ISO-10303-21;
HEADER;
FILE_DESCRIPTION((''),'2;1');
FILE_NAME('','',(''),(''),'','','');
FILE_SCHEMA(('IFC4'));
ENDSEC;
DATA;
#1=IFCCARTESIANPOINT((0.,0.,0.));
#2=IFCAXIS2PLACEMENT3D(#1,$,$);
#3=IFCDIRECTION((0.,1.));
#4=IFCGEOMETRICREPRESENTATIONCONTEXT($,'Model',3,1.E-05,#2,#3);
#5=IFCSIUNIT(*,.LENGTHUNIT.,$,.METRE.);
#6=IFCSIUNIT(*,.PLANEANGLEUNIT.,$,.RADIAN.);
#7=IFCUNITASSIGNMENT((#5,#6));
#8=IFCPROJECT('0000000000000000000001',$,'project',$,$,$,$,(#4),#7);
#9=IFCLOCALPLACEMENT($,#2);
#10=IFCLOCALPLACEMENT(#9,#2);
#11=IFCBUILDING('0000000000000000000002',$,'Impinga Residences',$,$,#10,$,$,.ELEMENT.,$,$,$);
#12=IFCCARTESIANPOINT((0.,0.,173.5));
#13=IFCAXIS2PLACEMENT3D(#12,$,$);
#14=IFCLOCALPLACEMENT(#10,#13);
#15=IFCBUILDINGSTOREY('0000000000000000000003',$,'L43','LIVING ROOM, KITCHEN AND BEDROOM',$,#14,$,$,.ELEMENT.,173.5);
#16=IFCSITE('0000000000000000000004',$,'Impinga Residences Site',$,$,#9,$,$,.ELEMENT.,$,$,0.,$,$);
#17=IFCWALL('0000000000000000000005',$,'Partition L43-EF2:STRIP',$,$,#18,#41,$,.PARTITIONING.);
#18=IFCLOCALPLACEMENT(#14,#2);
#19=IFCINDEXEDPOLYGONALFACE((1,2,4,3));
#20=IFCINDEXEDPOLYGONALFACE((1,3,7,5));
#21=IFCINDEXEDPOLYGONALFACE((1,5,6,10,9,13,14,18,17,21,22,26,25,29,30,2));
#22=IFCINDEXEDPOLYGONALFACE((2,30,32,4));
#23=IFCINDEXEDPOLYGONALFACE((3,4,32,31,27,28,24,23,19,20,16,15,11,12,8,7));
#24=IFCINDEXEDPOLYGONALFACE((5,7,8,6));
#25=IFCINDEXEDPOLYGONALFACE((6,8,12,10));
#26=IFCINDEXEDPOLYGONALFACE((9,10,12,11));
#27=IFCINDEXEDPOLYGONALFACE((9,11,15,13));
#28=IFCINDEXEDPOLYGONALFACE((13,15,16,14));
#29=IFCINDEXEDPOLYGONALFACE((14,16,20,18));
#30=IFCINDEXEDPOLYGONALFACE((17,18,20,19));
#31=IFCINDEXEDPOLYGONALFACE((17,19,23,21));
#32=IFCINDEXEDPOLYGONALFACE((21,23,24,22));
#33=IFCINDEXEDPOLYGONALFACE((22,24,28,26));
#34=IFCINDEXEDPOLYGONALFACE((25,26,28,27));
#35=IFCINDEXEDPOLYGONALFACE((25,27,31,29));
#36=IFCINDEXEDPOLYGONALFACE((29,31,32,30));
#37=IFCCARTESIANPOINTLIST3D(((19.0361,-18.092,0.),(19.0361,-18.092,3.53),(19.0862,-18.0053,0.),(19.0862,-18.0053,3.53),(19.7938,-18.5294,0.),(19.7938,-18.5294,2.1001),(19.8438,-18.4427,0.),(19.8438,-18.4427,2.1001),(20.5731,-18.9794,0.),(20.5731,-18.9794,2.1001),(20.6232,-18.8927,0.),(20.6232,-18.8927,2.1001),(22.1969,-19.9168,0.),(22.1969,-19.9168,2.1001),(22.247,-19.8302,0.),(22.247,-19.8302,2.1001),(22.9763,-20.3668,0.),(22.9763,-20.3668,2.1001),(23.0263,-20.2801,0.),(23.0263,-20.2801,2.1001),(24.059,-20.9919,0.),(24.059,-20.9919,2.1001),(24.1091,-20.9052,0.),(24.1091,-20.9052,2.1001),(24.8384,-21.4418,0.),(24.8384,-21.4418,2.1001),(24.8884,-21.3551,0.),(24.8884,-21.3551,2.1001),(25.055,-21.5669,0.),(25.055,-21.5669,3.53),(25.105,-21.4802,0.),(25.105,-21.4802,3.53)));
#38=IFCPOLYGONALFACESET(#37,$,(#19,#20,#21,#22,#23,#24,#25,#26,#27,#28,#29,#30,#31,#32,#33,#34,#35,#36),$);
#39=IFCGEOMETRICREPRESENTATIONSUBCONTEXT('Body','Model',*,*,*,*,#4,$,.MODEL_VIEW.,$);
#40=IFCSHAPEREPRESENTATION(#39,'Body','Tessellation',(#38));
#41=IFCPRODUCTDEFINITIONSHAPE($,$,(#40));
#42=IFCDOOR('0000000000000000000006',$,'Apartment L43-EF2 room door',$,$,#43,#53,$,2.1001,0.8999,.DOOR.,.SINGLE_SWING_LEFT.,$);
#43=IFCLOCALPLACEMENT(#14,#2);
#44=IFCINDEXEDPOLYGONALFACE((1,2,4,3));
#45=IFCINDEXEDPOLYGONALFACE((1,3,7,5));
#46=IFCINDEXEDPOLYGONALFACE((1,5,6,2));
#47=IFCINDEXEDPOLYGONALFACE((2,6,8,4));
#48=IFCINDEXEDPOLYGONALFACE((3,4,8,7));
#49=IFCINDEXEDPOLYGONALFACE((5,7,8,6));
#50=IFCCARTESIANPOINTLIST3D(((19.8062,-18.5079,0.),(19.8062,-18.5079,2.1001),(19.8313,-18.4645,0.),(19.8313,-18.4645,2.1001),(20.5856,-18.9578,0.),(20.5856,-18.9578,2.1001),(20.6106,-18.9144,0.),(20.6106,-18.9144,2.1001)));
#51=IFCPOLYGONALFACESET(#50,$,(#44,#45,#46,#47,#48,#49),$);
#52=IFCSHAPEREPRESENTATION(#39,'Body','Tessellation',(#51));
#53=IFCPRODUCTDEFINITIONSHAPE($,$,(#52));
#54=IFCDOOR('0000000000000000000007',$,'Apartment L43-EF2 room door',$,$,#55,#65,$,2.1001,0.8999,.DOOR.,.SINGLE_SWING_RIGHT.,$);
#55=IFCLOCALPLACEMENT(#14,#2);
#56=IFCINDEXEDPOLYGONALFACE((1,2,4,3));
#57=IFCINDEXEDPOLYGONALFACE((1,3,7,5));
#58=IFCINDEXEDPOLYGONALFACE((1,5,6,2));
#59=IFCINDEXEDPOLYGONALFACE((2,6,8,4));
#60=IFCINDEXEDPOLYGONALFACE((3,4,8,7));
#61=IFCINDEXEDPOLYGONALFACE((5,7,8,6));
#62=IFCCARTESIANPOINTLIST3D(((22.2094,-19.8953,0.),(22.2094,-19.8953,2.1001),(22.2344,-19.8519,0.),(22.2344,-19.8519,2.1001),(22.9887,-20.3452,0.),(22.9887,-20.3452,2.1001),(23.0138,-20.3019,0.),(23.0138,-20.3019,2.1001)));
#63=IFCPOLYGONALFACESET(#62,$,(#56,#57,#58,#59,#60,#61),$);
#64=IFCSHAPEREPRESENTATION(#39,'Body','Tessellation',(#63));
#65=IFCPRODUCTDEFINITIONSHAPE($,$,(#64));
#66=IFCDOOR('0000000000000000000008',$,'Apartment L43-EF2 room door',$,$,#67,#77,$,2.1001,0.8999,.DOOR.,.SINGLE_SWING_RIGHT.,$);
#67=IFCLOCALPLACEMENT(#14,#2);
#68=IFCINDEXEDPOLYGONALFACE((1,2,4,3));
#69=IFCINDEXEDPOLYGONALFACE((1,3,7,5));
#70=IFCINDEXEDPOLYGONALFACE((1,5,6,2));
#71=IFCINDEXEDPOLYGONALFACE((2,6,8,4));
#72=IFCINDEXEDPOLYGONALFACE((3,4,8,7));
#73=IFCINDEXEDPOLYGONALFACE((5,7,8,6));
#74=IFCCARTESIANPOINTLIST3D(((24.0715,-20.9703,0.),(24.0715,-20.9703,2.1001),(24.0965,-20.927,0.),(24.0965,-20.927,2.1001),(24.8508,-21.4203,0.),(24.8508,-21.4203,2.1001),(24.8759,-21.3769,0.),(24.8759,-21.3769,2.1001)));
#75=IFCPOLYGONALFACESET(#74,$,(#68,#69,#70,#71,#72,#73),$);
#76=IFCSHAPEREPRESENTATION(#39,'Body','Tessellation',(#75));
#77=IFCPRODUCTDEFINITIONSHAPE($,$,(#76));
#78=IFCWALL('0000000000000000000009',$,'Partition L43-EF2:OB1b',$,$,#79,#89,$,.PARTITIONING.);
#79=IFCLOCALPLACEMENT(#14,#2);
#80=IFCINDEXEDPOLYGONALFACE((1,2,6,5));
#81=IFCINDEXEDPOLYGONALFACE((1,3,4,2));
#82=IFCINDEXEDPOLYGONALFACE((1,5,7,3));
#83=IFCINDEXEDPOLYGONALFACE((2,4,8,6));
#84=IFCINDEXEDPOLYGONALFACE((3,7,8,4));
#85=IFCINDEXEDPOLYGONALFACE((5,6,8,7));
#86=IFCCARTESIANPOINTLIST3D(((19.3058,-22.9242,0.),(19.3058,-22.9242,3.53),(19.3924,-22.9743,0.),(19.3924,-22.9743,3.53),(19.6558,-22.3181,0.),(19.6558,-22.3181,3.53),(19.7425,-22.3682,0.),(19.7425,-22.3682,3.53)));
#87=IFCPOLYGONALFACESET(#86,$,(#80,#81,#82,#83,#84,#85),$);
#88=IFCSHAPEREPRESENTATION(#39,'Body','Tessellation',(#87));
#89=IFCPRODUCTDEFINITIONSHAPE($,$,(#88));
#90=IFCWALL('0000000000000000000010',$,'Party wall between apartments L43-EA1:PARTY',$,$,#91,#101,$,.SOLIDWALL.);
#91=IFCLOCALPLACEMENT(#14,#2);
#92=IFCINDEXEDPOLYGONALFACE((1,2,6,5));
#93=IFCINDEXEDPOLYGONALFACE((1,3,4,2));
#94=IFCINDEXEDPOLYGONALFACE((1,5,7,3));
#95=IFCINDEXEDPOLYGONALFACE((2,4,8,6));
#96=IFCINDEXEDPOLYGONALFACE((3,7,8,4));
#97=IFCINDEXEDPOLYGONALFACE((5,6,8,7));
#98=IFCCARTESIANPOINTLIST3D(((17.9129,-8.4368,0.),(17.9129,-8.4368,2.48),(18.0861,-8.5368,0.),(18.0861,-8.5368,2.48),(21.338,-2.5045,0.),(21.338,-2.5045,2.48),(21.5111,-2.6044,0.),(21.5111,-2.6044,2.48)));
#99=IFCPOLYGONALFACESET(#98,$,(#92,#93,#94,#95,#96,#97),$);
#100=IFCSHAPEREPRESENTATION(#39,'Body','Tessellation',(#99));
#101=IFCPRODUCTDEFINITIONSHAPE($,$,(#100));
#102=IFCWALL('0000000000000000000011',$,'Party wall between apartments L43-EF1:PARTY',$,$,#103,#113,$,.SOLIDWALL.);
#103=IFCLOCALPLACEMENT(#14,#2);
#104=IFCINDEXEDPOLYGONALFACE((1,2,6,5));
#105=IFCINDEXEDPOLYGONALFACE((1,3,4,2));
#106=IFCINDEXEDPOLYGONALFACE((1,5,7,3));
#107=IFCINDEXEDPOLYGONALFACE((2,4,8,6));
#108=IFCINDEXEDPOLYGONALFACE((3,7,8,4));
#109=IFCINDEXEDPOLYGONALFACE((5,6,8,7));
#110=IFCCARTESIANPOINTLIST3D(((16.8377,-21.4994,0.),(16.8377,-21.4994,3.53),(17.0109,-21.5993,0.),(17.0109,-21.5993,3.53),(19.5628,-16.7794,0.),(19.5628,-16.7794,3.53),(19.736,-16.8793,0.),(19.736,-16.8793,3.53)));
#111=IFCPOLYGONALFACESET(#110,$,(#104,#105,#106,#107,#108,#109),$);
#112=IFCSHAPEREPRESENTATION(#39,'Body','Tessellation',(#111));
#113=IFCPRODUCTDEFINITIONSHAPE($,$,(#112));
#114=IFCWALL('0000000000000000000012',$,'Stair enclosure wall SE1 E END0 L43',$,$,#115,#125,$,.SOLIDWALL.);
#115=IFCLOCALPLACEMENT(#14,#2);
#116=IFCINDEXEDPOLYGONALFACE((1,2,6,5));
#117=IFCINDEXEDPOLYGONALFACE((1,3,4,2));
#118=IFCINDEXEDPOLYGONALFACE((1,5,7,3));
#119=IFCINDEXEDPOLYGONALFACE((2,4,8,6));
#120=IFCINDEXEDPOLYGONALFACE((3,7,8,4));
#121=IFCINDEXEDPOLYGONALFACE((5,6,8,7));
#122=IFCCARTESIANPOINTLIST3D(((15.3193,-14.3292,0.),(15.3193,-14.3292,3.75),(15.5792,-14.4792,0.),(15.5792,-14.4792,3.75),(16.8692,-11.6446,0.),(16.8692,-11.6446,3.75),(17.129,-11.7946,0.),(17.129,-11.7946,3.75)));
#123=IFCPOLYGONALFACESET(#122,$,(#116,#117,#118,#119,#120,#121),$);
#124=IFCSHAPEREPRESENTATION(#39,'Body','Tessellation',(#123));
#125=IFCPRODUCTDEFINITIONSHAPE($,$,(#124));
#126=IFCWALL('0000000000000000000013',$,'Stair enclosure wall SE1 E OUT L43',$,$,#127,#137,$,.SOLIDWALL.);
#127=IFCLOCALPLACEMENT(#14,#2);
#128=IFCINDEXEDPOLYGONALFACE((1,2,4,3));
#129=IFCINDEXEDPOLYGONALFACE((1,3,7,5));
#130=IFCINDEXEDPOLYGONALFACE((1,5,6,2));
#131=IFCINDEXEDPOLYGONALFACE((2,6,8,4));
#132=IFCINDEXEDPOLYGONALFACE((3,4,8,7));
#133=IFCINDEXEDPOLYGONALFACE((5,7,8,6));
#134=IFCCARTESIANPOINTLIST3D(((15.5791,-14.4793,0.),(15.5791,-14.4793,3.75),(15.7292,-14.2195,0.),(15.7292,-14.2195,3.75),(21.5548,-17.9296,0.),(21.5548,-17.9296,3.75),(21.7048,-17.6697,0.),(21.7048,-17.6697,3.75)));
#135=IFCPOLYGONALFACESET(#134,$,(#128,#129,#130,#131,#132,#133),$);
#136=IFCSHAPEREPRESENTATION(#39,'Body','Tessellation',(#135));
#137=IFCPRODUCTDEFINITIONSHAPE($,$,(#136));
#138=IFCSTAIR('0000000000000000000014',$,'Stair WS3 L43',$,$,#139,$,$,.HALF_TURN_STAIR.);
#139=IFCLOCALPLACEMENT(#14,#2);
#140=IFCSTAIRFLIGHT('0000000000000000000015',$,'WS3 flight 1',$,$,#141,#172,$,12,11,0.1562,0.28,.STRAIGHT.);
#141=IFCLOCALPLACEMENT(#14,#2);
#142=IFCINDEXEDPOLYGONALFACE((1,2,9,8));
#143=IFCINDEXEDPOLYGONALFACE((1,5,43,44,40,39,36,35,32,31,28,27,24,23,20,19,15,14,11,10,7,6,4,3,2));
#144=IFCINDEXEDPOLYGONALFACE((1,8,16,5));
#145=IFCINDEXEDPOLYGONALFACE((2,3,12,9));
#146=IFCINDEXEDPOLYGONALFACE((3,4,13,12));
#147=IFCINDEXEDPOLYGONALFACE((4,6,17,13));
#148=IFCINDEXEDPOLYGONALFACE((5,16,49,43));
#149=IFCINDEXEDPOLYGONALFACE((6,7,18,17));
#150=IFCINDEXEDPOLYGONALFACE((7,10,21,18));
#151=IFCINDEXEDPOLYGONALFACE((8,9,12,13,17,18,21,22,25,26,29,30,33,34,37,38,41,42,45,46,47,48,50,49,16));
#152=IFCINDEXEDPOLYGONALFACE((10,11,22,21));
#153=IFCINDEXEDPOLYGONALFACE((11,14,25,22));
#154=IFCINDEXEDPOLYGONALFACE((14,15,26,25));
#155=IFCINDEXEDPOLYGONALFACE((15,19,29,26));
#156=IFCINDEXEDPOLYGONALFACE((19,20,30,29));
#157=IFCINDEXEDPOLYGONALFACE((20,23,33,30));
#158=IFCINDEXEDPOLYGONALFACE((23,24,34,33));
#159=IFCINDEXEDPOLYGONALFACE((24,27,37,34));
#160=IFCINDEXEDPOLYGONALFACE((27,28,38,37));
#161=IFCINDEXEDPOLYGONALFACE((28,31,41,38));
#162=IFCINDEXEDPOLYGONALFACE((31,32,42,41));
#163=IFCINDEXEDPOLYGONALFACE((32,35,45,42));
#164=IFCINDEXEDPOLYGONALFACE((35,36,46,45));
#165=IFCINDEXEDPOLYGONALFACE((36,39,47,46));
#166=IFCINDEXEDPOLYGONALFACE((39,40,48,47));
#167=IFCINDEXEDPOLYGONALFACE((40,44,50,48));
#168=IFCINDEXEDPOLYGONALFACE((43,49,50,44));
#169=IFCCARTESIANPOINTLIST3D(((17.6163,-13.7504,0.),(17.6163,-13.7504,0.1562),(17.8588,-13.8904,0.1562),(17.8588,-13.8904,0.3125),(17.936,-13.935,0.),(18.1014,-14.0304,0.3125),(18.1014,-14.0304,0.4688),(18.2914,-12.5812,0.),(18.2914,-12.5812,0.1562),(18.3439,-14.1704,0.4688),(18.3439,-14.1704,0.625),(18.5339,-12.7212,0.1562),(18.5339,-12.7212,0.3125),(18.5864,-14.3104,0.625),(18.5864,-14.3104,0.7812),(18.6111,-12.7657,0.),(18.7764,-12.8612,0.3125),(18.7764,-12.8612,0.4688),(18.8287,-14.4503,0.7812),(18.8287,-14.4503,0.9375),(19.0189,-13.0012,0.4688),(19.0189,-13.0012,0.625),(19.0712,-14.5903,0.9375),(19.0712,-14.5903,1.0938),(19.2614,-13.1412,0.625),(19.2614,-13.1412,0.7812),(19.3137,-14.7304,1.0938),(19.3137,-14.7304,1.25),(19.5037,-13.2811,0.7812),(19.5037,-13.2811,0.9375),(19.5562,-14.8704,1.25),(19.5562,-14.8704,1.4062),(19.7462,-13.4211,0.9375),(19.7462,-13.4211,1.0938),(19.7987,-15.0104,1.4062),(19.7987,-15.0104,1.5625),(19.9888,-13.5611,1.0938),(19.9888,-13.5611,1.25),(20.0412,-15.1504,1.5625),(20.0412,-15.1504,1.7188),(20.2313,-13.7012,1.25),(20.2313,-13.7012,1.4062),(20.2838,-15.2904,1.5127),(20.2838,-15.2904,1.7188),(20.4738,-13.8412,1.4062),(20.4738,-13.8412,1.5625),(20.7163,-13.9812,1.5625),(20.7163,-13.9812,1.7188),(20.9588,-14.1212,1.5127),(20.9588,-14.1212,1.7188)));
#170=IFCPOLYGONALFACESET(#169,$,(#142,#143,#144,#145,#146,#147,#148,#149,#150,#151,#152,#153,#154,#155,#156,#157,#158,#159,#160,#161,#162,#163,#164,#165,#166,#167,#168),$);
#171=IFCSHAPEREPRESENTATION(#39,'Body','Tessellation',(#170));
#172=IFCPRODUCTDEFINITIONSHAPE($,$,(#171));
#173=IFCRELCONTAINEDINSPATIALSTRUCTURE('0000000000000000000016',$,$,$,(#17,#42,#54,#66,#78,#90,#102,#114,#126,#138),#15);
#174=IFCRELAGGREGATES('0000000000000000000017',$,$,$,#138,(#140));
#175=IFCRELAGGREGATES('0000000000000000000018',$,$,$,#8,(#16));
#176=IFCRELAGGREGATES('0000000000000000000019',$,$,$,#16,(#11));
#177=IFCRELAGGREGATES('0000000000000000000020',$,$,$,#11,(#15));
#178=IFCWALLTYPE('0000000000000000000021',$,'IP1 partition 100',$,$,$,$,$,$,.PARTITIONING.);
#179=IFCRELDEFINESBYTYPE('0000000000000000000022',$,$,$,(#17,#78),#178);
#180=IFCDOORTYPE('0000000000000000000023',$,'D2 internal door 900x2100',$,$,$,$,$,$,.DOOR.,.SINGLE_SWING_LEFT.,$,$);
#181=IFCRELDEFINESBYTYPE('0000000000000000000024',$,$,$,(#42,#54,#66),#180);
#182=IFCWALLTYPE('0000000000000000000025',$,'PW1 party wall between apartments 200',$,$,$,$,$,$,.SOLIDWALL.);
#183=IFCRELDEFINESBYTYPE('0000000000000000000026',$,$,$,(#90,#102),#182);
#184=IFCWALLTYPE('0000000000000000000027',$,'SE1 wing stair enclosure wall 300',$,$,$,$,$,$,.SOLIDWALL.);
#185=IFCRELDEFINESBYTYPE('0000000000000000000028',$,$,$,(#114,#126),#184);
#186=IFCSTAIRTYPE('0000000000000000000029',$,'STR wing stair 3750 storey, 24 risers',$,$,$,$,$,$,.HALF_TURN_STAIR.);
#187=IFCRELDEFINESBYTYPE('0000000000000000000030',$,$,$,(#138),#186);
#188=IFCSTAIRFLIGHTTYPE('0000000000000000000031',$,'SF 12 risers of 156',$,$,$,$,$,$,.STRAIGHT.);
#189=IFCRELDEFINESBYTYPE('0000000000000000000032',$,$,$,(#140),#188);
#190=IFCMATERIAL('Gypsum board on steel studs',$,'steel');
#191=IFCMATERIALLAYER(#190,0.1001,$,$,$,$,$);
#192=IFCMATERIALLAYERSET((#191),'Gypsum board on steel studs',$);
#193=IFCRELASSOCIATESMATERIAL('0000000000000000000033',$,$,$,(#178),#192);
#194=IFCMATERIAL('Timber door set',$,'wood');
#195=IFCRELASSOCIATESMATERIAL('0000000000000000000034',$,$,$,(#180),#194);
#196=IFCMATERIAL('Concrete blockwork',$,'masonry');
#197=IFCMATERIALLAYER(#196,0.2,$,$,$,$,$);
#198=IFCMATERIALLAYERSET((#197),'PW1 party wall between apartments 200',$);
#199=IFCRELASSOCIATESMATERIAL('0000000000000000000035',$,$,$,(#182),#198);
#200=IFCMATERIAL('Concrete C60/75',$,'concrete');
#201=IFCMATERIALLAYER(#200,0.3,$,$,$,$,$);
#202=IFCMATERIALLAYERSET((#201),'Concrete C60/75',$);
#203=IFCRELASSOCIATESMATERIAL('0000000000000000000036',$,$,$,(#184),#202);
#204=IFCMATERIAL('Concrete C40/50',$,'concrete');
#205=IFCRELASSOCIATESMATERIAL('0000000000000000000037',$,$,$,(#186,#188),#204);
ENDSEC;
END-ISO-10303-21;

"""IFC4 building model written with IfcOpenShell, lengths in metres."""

from ifc_helpers import new_model, si_unit, direction, frame, frame_2d, origin, place, context, subcontext, project, spatial, polyline, rectangle, outline, extrude, material, layer, layer_set, type_object, element, fill, aggregate, save


model = new_model("IFC4")

# Units and contexts
model_context = context("Model", 3, precision=1e-05, world=origin(), true_north=direction((0.0, 1.0)))
body_context = subcontext(model_context, "Body", "Model", "MODEL_VIEW")
ifc_project = project(units=[si_unit("LENGTHUNIT", "METRE"), si_unit("PLANEANGLEUNIT", "RADIAN")], contexts=[model_context])

# Site, building, storey
site_placement = place(None, origin())
site = spatial("IfcSite", under=ifc_project, at=site_placement, Name="Impinga Residences Site", CompositionType="ELEMENT", RefElevation=0.0)
building_placement = place(site_placement, origin())
building = spatial("IfcBuilding", under=site, at=building_placement, Name="Impinga Residences", CompositionType="ELEMENT")
storey_placement = place(building_placement, frame((0.0, 0.0, 173.5)))
storey = spatial("IfcBuildingStorey", under=building, at=storey_placement, Name="L43", Description="LIVING ROOM, KITCHEN AND BEDROOM", CompositionType="ELEMENT", Elevation=173.5)

# Shared definitions
ifc_material_1 = material(Name="Concrete C60/75", Category="concrete")

# Shared definitions
ifc_material_2 = material(Name="Gypsum board on steel studs", Category="steel")
ifc_layer_1 = layer(ifc_material_2, 0.1001)
ifc_layer_set_1 = layer_set([ifc_layer_1], Name="Gypsum board on steel studs")
wall_type_1 = type_object("IfcWallType", Name="IP1 partition 100", PredefinedType="PARTITIONING", material=ifc_layer_set_1)

# Shared definitions
ifc_material_3 = material(Name="Timber door set", Category="wood")
door_type = type_object("IfcDoorType", Name="D2 internal door 900x2100", OperationType="SINGLE_SWING_LEFT", PredefinedType="DOOR", material=ifc_material_3)

# Wall, openings, doors
wall_1_placement = place(storey_placement, frame((19.061, -18.0486, 0.0), z_axis=(0.0, 0.0, 1.0), x_axis=(0.866032, -0.499989, 0.0)))
wall_1 = element("IfcWall", 1, at=wall_1_placement, inside=storey, type_object=wall_type_1, Name="Partition L43-EF2:STRIP", PredefinedType="PARTITIONING", context=body_context, shape_type="SweptSolid", body=[
    extrude(rectangle(XDim=6.95, YDim=0.1001, at=frame_2d((3.4751, 0.0))), origin(), (0.0, 0.0, 1.0), 3.53),
])
opening_1_placement = place(wall_1_placement, frame((0.875, 0.0, 0.0)))
opening_1 = element("IfcOpeningElement", 2, at=opening_1_placement, cuts=wall_1, PredefinedType="OPENING", context=body_context, shape_type="SweptSolid", body=[
    extrude(rectangle(XDim=0.8999, YDim=2.1001, at=frame_2d((0.45, 1.05))), frame((0.0, 0.0601, 0.0), z_axis=(0.0, -1.0, 0.0), x_axis=(1.0, 0.0, 0.0)), (0.0, 0.0, 1.0), 0.1201),
])
opening_2_placement = place(wall_1_placement, frame((3.6499, 0.0, 0.0)))
opening_2 = element("IfcOpeningElement", 3, at=opening_2_placement, cuts=wall_1, PredefinedType="OPENING", context=body_context, shape_type="SweptSolid", body=[
    extrude(rectangle(XDim=0.8999, YDim=2.1001, at=frame_2d((0.45, 1.05))), frame((0.0, 0.0601, 0.0), z_axis=(0.0, -1.0, 0.0), x_axis=(1.0, 0.0, 0.0)), (0.0, 0.0, 1.0), 0.1201),
])
opening_3_placement = place(wall_1_placement, frame((5.8, 0.0, 0.0)))
opening_3 = element("IfcOpeningElement", 4, at=opening_3_placement, cuts=wall_1, PredefinedType="OPENING", context=body_context, shape_type="SweptSolid", body=[
    extrude(rectangle(XDim=0.8999, YDim=2.1001, at=frame_2d((0.45, 1.05))), frame((0.0, 0.0601, 0.0), z_axis=(0.0, -1.0, 0.0), x_axis=(1.0, 0.0, 0.0)), (0.0, 0.0, 1.0), 0.1201),
])
door_1_placement = place(opening_1_placement, origin())
door_1 = element("IfcDoor", 5, at=door_1_placement, inside=storey, type_object=door_type, Name="Apartment L43-EF2 room door", OperationType="SINGLE_SWING_LEFT", OverallHeight=2.1001, OverallWidth=0.8999, PredefinedType="DOOR", context=body_context, shape_type="SweptSolid", body=[
    extrude(rectangle(XDim=0.8999, YDim=2.1001, at=frame_2d((0.45, 1.05))), frame((0.0, 0.0249, 0.0), z_axis=(0.0, -1.0, 0.0), x_axis=(1.0, 0.0, 0.0)), (0.0, 0.0, 1.0), 0.05),
])
fill(opening_1, door_1)
door_2_placement = place(opening_2_placement, origin())
door_2 = element("IfcDoor", 6, at=door_2_placement, inside=storey, type_object=door_type, Name="Apartment L43-EF2 room door", OperationType="SINGLE_SWING_RIGHT", OverallHeight=2.1001, OverallWidth=0.8999, PredefinedType="DOOR", context=body_context, shape_type="SweptSolid", body=[
    extrude(rectangle(XDim=0.8999, YDim=2.1001, at=frame_2d((0.45, 1.05))), frame((0.0, 0.0249, 0.0), z_axis=(0.0, -1.0, 0.0), x_axis=(1.0, 0.0, 0.0)), (0.0, 0.0, 1.0), 0.05),
])
fill(opening_2, door_2)
door_3_placement = place(opening_3_placement, origin())
door_3 = element("IfcDoor", 7, at=door_3_placement, inside=storey, type_object=door_type, Name="Apartment L43-EF2 room door", OperationType="SINGLE_SWING_RIGHT", OverallHeight=2.1001, OverallWidth=0.8999, PredefinedType="DOOR", context=body_context, shape_type="SweptSolid", body=[
    extrude(rectangle(XDim=0.8999, YDim=2.1001, at=frame_2d((0.45, 1.05))), frame((0.0, 0.0249, 0.0), z_axis=(0.0, -1.0, 0.0), x_axis=(1.0, 0.0, 0.0)), (0.0, 0.0, 1.0), 0.05),
])
fill(opening_3, door_3)

# Walls
wall_2_placement = place(storey_placement, frame((19.6992, -22.343, 0.0), z_axis=(0.0, 0.0, 1.0), x_axis=(-0.500115, -0.865959, 0.0)))
element("IfcWall", 8, at=wall_2_placement, inside=storey, type_object=wall_type_1, Name="Partition L43-EF2:OB1b", PredefinedType="PARTITIONING", context=body_context, shape_type="SweptSolid", body=[
    extrude(rectangle(XDim=0.7, YDim=0.1001, at=frame_2d((0.3501, 0.0))), origin(), (0.0, 0.0, 1.0), 3.53),
])
ifc_material_4 = material(Name="Concrete blockwork", Category="masonry")
ifc_layer_2 = layer(ifc_material_4, 0.2)
ifc_layer_set_2 = layer_set([ifc_layer_2], Name="PW1 party wall between apartments 200")
wall_type_2 = type_object("IfcWallType", Name="PW1 party wall between apartments 200", PredefinedType="SOLIDWALL", material=ifc_layer_set_2)
wall_3_placement = place(storey_placement, frame((17.9995, -8.4868, 0.0), z_axis=(0.0, 0.0, 1.0), x_axis=(0.499999, 0.866026, 0.0)))
element("IfcWall", 9, at=wall_3_placement, inside=storey, type_object=wall_type_2, Name="Party wall between apartments L43-EA1:PARTY", PredefinedType="SOLIDWALL", context=body_context, shape_type="SweptSolid", body=[
    extrude(rectangle(XDim=6.8501, YDim=0.2, at=frame_2d((3.425, 0.0))), origin(), (0.0, 0.0, 1.0), 2.48),
])
wall_4_placement = place(storey_placement, frame((19.6494, -16.8293, 0.0), z_axis=(0.0, 0.0, 1.0), x_axis=(-0.500003, -0.866024, 0.0)))
element("IfcWall", 10, at=wall_4_placement, inside=storey, type_object=wall_type_2, Name="Party wall between apartments L43-EF1:PARTY", PredefinedType="SOLIDWALL", context=body_context, shape_type="SweptSolid", body=[
    extrude(rectangle(XDim=5.4502, YDim=0.2, at=frame_2d((2.7251, 0.0))), origin(), (0.0, 0.0, 1.0), 3.53),
])
ifc_layer_3 = layer(ifc_material_1, 0.3)
ifc_layer_set_3 = layer_set([ifc_layer_3], Name="Concrete C60/75")
wall_type_3 = type_object("IfcWallType", Name="SE1 wing stair enclosure wall 300", PredefinedType="SOLIDWALL", material=ifc_layer_set_3)
wall_5_placement = place(storey_placement, frame((16.999, -11.7197, 0.0), z_axis=(0.0, 0.0, 1.0), x_axis=(-0.499968, -0.866044, 0.0)))
element("IfcWall", 11, at=wall_5_placement, inside=storey, type_object=wall_type_3, Name="Stair enclosure wall SE1 E END0 L43", PredefinedType="SOLIDWALL", context=body_context, shape_type="SweptSolid", body=[
    extrude(rectangle(XDim=3.0999, YDim=0.3, at=frame_2d((1.5498, 0.0))), origin(), (0.0, 0.0, 1.0), 3.75),
])
wall_6_placement = place(storey_placement, frame((15.6541, -14.3494, 0.0), z_axis=(0.0, 0.0, 1.0), x_axis=(0.866014, -0.500021, 0.0)))
element("IfcWall", 12, at=wall_6_placement, inside=storey, type_object=wall_type_3, Name="Stair enclosure wall SE1 E OUT L43", PredefinedType="SOLIDWALL", context=body_context, shape_type="SweptSolid", body=[
    extrude(rectangle(XDim=6.9001, YDim=0.3, at=frame_2d((3.4502, 0.0))), origin(), (0.0, 0.0, 1.0), 3.75),
])

# Stair, stair flight
ifc_material_5 = material(Name="Concrete C40/50", Category="concrete")
stair_type = type_object("IfcStairType", Name="STR wing stair 3750 storey, 24 risers", PredefinedType="HALF_TURN_STAIR", material=ifc_material_5)
stair_placement = place(storey_placement, origin())
stair = element("IfcStair", 13, at=stair_placement, inside=storey, type_object=stair_type, Name="Stair WS3 L43", PredefinedType="HALF_TURN_STAIR")
stair_flight_type = type_object("IfcStairFlightType", Name="SF 12 risers of 156", PredefinedType="STRAIGHT", material=ifc_material_5)
stair_flight_1_placement = place(storey_placement, frame((17.9539, -13.1658, 0.0), z_axis=(0.0, 0.0, 1.0), x_axis=(0.866025, -0.5, 0.0)))
stair_flight_1 = element("IfcStairFlight", 14, at=stair_flight_1_placement, type_object=stair_flight_type, Name="WS3 flight 1", NumberOfRisers=12, NumberOfTreads=11, PredefinedType="STRAIGHT", RiserHeight=0.1562, TreadLength=0.28, context=body_context, shape_type="SweptSolid", body=[
    extrude(outline(polyline([(0.0, 0.0), (0.0, 0.1562), (0.28, 0.1562), (0.28, 0.3125), (0.5601, 0.3125), (0.5601, 0.4688), (0.8401, 0.4688), (0.8401, 0.625), (1.1201, 0.625), (1.1201, 0.7812), (1.3999, 0.7812), (1.3999, 0.9375), (1.6799, 0.9375), (1.6799, 1.0938), (1.96, 1.0938), (1.96, 1.25), (2.24, 1.25), (2.24, 1.4062), (2.52, 1.4062), (2.52, 1.5625), (2.8, 1.5625), (2.8, 1.7188), (3.0801, 1.7188), (3.0801, 1.875), (3.0801, 1.5127), (0.3691, 0.0), (0.0, 0.0)])), frame((0.0, 0.675, 0.0), z_axis=(0.0, -1.0, 0.0), x_axis=(1.0, 0.0, 0.0)), (0.0, 0.0, 1.0), 1.3501),
])
aggregate(stair, [stair_flight_1])

save(model, "model.ifc")
